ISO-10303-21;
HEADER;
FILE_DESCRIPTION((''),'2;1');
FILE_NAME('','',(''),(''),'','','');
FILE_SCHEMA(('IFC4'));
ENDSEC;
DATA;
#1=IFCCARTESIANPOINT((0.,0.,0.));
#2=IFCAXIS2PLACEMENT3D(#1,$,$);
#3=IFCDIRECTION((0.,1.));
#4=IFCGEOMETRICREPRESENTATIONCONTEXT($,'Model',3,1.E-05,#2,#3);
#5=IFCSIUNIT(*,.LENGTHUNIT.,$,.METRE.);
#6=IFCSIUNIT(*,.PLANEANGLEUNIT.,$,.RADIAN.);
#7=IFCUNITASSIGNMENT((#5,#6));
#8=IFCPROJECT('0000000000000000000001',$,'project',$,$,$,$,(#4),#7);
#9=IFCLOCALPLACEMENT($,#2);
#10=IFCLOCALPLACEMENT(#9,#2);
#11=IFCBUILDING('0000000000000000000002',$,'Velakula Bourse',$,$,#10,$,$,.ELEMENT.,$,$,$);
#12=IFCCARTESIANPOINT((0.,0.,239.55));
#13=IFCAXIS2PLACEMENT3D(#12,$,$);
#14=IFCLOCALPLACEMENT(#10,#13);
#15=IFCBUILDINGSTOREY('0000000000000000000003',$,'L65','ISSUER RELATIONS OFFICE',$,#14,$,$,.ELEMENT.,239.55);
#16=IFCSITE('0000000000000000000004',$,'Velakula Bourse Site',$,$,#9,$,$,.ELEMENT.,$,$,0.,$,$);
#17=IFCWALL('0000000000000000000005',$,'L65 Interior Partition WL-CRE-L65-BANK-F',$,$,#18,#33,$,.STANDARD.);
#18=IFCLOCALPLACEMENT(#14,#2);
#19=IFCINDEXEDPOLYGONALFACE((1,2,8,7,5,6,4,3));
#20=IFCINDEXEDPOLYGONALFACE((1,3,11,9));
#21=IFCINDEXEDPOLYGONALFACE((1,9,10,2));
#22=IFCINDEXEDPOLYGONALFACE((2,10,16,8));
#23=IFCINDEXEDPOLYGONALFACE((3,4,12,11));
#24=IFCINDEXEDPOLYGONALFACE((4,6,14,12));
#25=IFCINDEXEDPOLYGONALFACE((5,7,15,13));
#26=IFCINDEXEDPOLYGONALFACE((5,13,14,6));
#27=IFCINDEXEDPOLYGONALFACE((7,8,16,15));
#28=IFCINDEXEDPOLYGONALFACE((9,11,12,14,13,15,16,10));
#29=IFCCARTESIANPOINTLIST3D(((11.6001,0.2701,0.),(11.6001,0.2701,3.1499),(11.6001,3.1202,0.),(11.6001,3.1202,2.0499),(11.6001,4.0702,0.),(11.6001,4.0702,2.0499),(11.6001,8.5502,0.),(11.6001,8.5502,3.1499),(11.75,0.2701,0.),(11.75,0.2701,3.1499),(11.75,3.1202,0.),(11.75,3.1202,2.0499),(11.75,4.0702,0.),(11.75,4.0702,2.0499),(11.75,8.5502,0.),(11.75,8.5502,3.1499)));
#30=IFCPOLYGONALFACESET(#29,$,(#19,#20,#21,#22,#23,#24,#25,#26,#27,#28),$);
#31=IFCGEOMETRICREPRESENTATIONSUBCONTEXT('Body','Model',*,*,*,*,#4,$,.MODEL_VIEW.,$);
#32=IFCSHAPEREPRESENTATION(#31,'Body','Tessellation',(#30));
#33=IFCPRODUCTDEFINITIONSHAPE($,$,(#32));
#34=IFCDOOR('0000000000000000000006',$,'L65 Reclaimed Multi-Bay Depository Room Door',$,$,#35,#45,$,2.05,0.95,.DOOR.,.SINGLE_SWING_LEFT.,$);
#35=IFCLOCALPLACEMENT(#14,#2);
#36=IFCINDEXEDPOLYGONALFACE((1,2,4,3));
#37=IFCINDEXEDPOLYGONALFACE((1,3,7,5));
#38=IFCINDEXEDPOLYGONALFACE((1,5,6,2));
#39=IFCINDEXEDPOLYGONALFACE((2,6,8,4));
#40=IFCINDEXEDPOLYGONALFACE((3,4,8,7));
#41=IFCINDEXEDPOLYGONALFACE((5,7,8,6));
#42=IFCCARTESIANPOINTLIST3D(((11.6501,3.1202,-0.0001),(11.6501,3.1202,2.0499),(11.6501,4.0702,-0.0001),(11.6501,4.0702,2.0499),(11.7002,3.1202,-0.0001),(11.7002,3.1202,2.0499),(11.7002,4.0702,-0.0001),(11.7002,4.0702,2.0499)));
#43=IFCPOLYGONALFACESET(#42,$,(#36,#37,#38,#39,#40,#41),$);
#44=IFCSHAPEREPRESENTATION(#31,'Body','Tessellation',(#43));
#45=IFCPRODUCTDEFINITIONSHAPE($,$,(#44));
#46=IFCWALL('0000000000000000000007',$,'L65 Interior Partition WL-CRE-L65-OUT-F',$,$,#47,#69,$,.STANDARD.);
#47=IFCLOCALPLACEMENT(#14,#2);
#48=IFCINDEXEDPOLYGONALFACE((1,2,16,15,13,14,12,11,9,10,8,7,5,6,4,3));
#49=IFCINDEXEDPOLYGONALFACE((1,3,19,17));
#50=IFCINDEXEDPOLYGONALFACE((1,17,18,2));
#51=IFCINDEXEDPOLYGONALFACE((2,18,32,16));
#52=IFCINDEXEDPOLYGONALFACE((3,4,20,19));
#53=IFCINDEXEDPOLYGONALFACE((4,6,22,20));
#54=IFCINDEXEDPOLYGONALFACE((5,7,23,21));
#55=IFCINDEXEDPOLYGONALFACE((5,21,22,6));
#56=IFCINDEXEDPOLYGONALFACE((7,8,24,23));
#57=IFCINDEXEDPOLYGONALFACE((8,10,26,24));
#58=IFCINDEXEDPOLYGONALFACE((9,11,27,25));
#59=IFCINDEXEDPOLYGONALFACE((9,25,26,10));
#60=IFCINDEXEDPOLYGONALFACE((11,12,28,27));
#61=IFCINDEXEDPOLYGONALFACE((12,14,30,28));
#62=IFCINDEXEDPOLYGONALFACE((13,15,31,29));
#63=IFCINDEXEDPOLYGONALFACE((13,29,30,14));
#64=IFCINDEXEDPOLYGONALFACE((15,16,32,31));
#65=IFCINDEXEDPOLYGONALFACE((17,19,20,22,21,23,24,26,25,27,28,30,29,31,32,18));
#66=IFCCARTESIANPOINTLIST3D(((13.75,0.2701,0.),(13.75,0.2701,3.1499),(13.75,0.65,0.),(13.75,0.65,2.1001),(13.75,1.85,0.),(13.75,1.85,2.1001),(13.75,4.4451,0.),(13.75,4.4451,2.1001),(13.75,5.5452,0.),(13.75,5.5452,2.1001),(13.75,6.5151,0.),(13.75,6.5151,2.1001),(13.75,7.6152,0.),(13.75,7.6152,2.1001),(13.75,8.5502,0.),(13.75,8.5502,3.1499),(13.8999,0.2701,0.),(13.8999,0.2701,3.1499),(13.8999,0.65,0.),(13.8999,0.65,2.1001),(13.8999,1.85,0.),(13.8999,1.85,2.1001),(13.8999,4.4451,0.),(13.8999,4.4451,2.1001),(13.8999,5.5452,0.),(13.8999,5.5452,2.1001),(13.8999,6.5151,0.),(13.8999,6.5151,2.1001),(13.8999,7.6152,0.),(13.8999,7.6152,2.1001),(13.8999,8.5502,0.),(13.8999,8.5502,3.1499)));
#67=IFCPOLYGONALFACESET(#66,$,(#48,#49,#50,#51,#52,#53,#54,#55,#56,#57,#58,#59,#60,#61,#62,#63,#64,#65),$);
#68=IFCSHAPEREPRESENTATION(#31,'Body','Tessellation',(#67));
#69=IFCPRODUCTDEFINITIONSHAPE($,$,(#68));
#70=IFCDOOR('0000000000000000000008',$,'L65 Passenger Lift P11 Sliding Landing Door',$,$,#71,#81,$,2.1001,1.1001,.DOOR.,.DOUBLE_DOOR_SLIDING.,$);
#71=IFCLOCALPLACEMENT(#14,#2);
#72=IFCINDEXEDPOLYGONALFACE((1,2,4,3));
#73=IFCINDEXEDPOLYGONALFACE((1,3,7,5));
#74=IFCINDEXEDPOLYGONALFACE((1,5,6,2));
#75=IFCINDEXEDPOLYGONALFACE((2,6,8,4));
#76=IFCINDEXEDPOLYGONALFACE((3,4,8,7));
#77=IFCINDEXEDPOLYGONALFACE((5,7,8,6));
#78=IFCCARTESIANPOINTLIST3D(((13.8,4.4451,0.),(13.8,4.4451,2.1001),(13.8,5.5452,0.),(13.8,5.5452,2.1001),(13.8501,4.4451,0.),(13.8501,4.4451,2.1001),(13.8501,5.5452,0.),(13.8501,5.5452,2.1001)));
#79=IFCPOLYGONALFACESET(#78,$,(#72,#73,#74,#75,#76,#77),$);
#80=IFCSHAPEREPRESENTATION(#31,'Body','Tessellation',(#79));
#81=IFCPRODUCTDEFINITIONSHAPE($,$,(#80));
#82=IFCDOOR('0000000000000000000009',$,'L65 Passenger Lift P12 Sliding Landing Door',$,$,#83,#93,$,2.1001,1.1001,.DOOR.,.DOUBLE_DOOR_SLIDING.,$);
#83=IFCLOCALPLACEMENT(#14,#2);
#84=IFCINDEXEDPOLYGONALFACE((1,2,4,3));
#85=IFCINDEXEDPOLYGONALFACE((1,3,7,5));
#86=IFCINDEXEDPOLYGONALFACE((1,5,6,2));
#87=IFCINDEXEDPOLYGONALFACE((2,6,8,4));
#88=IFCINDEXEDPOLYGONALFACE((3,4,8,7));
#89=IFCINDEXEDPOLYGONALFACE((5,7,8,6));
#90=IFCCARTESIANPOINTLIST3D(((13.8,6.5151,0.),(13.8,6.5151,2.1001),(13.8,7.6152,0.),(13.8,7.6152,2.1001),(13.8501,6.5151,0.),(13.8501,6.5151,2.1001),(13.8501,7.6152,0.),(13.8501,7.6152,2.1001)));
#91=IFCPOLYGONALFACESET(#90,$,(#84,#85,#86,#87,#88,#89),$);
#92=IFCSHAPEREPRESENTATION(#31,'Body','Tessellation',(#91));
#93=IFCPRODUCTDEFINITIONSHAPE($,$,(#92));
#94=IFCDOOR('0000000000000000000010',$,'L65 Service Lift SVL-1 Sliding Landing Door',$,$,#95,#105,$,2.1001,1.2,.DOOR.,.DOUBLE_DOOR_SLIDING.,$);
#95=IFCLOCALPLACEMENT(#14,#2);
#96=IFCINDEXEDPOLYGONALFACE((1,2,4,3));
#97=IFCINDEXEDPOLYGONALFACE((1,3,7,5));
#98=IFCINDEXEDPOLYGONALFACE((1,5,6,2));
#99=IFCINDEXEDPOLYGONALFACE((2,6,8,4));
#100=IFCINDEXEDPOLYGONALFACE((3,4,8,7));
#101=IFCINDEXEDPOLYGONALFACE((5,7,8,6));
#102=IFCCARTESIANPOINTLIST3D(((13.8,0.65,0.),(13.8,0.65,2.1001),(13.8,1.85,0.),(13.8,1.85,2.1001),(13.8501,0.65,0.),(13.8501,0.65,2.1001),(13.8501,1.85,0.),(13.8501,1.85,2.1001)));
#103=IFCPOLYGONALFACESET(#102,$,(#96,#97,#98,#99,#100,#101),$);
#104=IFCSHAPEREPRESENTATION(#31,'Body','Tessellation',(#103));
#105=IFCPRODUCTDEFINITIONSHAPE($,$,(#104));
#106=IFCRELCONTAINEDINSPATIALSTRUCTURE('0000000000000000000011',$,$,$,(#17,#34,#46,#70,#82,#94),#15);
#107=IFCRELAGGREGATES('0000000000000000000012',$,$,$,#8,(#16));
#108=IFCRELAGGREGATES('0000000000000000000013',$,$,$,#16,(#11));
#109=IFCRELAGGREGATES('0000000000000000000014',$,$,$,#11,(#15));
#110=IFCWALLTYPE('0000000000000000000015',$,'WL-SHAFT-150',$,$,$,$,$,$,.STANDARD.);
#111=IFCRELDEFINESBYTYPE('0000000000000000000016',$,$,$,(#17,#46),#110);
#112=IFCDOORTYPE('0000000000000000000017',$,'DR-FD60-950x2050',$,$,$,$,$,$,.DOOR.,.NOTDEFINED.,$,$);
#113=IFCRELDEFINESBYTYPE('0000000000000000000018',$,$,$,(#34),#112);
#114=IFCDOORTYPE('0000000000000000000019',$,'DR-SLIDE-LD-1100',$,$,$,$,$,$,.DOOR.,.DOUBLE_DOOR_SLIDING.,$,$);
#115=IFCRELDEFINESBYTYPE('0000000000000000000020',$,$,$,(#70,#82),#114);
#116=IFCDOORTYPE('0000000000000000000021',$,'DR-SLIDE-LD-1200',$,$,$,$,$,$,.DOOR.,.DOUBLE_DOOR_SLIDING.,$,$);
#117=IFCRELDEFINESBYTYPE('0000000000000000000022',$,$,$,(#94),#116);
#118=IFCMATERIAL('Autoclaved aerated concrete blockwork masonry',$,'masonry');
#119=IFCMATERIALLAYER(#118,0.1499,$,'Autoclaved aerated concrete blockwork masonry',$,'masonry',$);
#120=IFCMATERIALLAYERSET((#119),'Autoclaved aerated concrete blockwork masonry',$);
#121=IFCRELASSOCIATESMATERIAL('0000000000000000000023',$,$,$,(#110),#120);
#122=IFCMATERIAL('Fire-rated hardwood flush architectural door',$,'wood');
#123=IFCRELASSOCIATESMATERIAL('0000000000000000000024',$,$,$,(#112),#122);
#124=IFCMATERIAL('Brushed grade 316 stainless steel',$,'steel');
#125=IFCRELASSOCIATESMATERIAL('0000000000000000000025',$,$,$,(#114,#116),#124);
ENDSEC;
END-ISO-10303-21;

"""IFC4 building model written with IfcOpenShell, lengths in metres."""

from ifc_helpers import new_model, si_unit, direction, frame, frame_2d, origin, place, context, subcontext, project, spatial, rectangle, extrude, material, layer, layer_set, type_object, element, fill, save


model = new_model("IFC4")

# Units and contexts
model_context = context("Model", 3, precision=1e-05, world=origin(), true_north=direction((0.0, 1.0)))
body_context = subcontext(model_context, "Body", "Model", "MODEL_VIEW")
ifc_project = project(units=[si_unit("LENGTHUNIT", "METRE"), si_unit("PLANEANGLEUNIT", "RADIAN")], contexts=[model_context])

# Site, building, storey
site_placement = place(None, origin())
site = spatial("IfcSite", under=ifc_project, at=site_placement, Name="Velakula Bourse Site", CompositionType="ELEMENT", RefElevation=0.0)
building_placement = place(site_placement, origin())
building = spatial("IfcBuilding", under=site, at=building_placement, Name="Velakula Bourse", CompositionType="ELEMENT")
storey_placement = place(building_placement, frame((0.0, 0.0, 239.55)))
storey = spatial("IfcBuildingStorey", under=building, at=storey_placement, Name="L65", Description="ISSUER RELATIONS OFFICE", CompositionType="ELEMENT", Elevation=239.55)

# Shared definitions
ifc_material_1 = material(Name="Fire-rated hardwood flush architectural door", Category="wood")

# Shared definitions
ifc_material_2 = material(Name="Autoclaved aerated concrete blockwork masonry", Category="masonry")
ifc_layer_1 = layer(ifc_material_2, 0.1499, Name="Autoclaved aerated concrete blockwork masonry", Category="masonry")
ifc_layer_set_1 = layer_set([ifc_layer_1], Name="Autoclaved aerated concrete blockwork masonry")
wall_type_1 = type_object("IfcWallType", Name="WL-SHAFT-150", PredefinedType="STANDARD", material=ifc_layer_set_1)

# Wall, opening, door
wall_1_placement = place(storey_placement, frame((11.675, 0.27, 0.0), z_axis=(0.0, 0.0, 1.0), x_axis=(0.0, 1.0, 0.0)))
wall_1 = element("IfcWall", 1, at=wall_1_placement, inside=storey, type_object=wall_type_1, Name="L65 Interior Partition WL-CRE-L65-BANK-F", PredefinedType="STANDARD", context=body_context, shape_type="SweptSolid", body=[
    extrude(rectangle(XDim=8.28, YDim=0.1499, at=frame_2d((4.1401, 0.0))), origin(), (0.0, 0.0, 1.0), 3.1499),
])
opening_1_placement = place(wall_1_placement, frame((2.8501, 0.0, 0.0)))
opening_1 = element("IfcOpeningElement", 2, at=opening_1_placement, cuts=wall_1, PredefinedType="OPENING", context=body_context, shape_type="SweptSolid", body=[
    extrude(rectangle(XDim=0.95, YDim=2.05, at=frame_2d((0.4751, 1.0249))), frame((0.0, 0.085, 0.0), z_axis=(0.0, -1.0, 0.0), x_axis=(1.0, 0.0, 0.0)), (0.0, 0.0, 1.0), 0.1699),
])
door_type_1 = type_object("IfcDoorType", Name="DR-FD60-950x2050", OperationType="NOTDEFINED", PredefinedType="DOOR", material=ifc_material_1)
door_1_placement = place(opening_1_placement, origin())
door_1 = element("IfcDoor", 3, at=door_1_placement, inside=storey, type_object=door_type_1, Name="L65 Reclaimed Multi-Bay Depository Room Door", OperationType="SINGLE_SWING_LEFT", OverallHeight=2.05, OverallWidth=0.95, PredefinedType="DOOR", context=body_context, shape_type="SweptSolid", body=[
    extrude(rectangle(XDim=0.95, YDim=2.05, at=frame_2d((0.4751, 1.0249))), frame((0.0, 0.0249, 0.0), z_axis=(0.0, -1.0, 0.0), x_axis=(1.0, 0.0, 0.0)), (0.0, 0.0, 1.0), 0.05),
])
fill(opening_1, door_1)

# Wall, openings, doors
wall_2_placement = place(storey_placement, frame((13.825, 0.27, 0.0), z_axis=(0.0, 0.0, 1.0), x_axis=(0.0, 1.0, 0.0)))
wall_2 = element("IfcWall", 4, at=wall_2_placement, inside=storey, type_object=wall_type_1, Name="L65 Interior Partition WL-CRE-L65-OUT-F", PredefinedType="STANDARD", context=body_context, shape_type="SweptSolid", body=[
    extrude(rectangle(XDim=8.28, YDim=0.1499, at=frame_2d((4.1401, 0.0))), origin(), (0.0, 0.0, 1.0), 3.1499),
])
opening_2_placement = place(wall_2_placement, frame((4.175, 0.0, 0.0)))
opening_2 = element("IfcOpeningElement", 5, at=opening_2_placement, cuts=wall_2, PredefinedType="OPENING", context=body_context, shape_type="SweptSolid", body=[
    extrude(rectangle(XDim=1.1001, YDim=2.1001, at=frame_2d((0.55, 1.05))), frame((0.0, 0.085, 0.0), z_axis=(0.0, -1.0, 0.0), x_axis=(1.0, 0.0, 0.0)), (0.0, 0.0, 1.0), 0.1699),
])
opening_3_placement = place(wall_2_placement, frame((6.2451, 0.0, 0.0)))
opening_3 = element("IfcOpeningElement", 6, at=opening_3_placement, cuts=wall_2, PredefinedType="OPENING", context=body_context, shape_type="SweptSolid", body=[
    extrude(rectangle(XDim=1.1001, YDim=2.1001, at=frame_2d((0.55, 1.05))), frame((0.0, 0.085, 0.0), z_axis=(0.0, -1.0, 0.0), x_axis=(1.0, 0.0, 0.0)), (0.0, 0.0, 1.0), 0.1699),
])
opening_4_placement = place(wall_2_placement, frame((0.3799, 0.0, 0.0)))
opening_4 = element("IfcOpeningElement", 7, at=opening_4_placement, cuts=wall_2, PredefinedType="OPENING", context=body_context, shape_type="SweptSolid", body=[
    extrude(rectangle(XDim=1.2, YDim=2.1001, at=frame_2d((0.6001, 1.05))), frame((0.0, 0.085, 0.0), z_axis=(0.0, -1.0, 0.0), x_axis=(1.0, 0.0, 0.0)), (0.0, 0.0, 1.0), 0.1699),
])
ifc_material_3 = material(Name="Brushed grade 316 stainless steel", Category="steel")
door_type_2 = type_object("IfcDoorType", Name="DR-SLIDE-LD-1100", OperationType="DOUBLE_DOOR_SLIDING", PredefinedType="DOOR", material=ifc_material_3)
door_2_placement = place(opening_2_placement, origin())
door_2 = element("IfcDoor", 8, at=door_2_placement, inside=storey, type_object=door_type_2, Name="L65 Passenger Lift P11 Sliding Landing Door", OperationType="DOUBLE_DOOR_SLIDING", OverallHeight=2.1001, OverallWidth=1.1001, PredefinedType="DOOR", context=body_context, shape_type="SweptSolid", body=[
    extrude(rectangle(XDim=1.1001, YDim=2.1001, at=frame_2d((0.55, 1.05))), frame((0.0, 0.0249, 0.0), z_axis=(0.0, -1.0, 0.0), x_axis=(1.0, 0.0, 0.0)), (0.0, 0.0, 1.0), 0.05),
])
fill(opening_2, door_2)
door_3_placement = place(opening_3_placement, origin())
door_3 = element("IfcDoor", 9, at=door_3_placement, inside=storey, type_object=door_type_2, Name="L65 Passenger Lift P12 Sliding Landing Door", OperationType="DOUBLE_DOOR_SLIDING", OverallHeight=2.1001, OverallWidth=1.1001, PredefinedType="DOOR", context=body_context, shape_type="SweptSolid", body=[
    extrude(rectangle(XDim=1.1001, YDim=2.1001, at=frame_2d((0.55, 1.05))), frame((0.0, 0.0249, 0.0), z_axis=(0.0, -1.0, 0.0), x_axis=(1.0, 0.0, 0.0)), (0.0, 0.0, 1.0), 0.05),
])
fill(opening_3, door_3)
door_type_3 = type_object("IfcDoorType", Name="DR-SLIDE-LD-1200", OperationType="DOUBLE_DOOR_SLIDING", PredefinedType="DOOR", material=ifc_material_3)
door_4_placement = place(opening_4_placement, origin())
door_4 = element("IfcDoor", 10, at=door_4_placement, inside=storey, type_object=door_type_3, Name="L65 Service Lift SVL-1 Sliding Landing Door", OperationType="DOUBLE_DOOR_SLIDING", OverallHeight=2.1001, OverallWidth=1.2, PredefinedType="DOOR", context=body_context, shape_type="SweptSolid", body=[
    extrude(rectangle(XDim=1.2, YDim=2.1001, at=frame_2d((0.6001, 1.05))), frame((0.0, 0.0249, 0.0), z_axis=(0.0, -1.0, 0.0), x_axis=(1.0, 0.0, 0.0)), (0.0, 0.0, 1.0), 0.05),
])
fill(opening_4, door_4)

save(model, "model.ifc")
